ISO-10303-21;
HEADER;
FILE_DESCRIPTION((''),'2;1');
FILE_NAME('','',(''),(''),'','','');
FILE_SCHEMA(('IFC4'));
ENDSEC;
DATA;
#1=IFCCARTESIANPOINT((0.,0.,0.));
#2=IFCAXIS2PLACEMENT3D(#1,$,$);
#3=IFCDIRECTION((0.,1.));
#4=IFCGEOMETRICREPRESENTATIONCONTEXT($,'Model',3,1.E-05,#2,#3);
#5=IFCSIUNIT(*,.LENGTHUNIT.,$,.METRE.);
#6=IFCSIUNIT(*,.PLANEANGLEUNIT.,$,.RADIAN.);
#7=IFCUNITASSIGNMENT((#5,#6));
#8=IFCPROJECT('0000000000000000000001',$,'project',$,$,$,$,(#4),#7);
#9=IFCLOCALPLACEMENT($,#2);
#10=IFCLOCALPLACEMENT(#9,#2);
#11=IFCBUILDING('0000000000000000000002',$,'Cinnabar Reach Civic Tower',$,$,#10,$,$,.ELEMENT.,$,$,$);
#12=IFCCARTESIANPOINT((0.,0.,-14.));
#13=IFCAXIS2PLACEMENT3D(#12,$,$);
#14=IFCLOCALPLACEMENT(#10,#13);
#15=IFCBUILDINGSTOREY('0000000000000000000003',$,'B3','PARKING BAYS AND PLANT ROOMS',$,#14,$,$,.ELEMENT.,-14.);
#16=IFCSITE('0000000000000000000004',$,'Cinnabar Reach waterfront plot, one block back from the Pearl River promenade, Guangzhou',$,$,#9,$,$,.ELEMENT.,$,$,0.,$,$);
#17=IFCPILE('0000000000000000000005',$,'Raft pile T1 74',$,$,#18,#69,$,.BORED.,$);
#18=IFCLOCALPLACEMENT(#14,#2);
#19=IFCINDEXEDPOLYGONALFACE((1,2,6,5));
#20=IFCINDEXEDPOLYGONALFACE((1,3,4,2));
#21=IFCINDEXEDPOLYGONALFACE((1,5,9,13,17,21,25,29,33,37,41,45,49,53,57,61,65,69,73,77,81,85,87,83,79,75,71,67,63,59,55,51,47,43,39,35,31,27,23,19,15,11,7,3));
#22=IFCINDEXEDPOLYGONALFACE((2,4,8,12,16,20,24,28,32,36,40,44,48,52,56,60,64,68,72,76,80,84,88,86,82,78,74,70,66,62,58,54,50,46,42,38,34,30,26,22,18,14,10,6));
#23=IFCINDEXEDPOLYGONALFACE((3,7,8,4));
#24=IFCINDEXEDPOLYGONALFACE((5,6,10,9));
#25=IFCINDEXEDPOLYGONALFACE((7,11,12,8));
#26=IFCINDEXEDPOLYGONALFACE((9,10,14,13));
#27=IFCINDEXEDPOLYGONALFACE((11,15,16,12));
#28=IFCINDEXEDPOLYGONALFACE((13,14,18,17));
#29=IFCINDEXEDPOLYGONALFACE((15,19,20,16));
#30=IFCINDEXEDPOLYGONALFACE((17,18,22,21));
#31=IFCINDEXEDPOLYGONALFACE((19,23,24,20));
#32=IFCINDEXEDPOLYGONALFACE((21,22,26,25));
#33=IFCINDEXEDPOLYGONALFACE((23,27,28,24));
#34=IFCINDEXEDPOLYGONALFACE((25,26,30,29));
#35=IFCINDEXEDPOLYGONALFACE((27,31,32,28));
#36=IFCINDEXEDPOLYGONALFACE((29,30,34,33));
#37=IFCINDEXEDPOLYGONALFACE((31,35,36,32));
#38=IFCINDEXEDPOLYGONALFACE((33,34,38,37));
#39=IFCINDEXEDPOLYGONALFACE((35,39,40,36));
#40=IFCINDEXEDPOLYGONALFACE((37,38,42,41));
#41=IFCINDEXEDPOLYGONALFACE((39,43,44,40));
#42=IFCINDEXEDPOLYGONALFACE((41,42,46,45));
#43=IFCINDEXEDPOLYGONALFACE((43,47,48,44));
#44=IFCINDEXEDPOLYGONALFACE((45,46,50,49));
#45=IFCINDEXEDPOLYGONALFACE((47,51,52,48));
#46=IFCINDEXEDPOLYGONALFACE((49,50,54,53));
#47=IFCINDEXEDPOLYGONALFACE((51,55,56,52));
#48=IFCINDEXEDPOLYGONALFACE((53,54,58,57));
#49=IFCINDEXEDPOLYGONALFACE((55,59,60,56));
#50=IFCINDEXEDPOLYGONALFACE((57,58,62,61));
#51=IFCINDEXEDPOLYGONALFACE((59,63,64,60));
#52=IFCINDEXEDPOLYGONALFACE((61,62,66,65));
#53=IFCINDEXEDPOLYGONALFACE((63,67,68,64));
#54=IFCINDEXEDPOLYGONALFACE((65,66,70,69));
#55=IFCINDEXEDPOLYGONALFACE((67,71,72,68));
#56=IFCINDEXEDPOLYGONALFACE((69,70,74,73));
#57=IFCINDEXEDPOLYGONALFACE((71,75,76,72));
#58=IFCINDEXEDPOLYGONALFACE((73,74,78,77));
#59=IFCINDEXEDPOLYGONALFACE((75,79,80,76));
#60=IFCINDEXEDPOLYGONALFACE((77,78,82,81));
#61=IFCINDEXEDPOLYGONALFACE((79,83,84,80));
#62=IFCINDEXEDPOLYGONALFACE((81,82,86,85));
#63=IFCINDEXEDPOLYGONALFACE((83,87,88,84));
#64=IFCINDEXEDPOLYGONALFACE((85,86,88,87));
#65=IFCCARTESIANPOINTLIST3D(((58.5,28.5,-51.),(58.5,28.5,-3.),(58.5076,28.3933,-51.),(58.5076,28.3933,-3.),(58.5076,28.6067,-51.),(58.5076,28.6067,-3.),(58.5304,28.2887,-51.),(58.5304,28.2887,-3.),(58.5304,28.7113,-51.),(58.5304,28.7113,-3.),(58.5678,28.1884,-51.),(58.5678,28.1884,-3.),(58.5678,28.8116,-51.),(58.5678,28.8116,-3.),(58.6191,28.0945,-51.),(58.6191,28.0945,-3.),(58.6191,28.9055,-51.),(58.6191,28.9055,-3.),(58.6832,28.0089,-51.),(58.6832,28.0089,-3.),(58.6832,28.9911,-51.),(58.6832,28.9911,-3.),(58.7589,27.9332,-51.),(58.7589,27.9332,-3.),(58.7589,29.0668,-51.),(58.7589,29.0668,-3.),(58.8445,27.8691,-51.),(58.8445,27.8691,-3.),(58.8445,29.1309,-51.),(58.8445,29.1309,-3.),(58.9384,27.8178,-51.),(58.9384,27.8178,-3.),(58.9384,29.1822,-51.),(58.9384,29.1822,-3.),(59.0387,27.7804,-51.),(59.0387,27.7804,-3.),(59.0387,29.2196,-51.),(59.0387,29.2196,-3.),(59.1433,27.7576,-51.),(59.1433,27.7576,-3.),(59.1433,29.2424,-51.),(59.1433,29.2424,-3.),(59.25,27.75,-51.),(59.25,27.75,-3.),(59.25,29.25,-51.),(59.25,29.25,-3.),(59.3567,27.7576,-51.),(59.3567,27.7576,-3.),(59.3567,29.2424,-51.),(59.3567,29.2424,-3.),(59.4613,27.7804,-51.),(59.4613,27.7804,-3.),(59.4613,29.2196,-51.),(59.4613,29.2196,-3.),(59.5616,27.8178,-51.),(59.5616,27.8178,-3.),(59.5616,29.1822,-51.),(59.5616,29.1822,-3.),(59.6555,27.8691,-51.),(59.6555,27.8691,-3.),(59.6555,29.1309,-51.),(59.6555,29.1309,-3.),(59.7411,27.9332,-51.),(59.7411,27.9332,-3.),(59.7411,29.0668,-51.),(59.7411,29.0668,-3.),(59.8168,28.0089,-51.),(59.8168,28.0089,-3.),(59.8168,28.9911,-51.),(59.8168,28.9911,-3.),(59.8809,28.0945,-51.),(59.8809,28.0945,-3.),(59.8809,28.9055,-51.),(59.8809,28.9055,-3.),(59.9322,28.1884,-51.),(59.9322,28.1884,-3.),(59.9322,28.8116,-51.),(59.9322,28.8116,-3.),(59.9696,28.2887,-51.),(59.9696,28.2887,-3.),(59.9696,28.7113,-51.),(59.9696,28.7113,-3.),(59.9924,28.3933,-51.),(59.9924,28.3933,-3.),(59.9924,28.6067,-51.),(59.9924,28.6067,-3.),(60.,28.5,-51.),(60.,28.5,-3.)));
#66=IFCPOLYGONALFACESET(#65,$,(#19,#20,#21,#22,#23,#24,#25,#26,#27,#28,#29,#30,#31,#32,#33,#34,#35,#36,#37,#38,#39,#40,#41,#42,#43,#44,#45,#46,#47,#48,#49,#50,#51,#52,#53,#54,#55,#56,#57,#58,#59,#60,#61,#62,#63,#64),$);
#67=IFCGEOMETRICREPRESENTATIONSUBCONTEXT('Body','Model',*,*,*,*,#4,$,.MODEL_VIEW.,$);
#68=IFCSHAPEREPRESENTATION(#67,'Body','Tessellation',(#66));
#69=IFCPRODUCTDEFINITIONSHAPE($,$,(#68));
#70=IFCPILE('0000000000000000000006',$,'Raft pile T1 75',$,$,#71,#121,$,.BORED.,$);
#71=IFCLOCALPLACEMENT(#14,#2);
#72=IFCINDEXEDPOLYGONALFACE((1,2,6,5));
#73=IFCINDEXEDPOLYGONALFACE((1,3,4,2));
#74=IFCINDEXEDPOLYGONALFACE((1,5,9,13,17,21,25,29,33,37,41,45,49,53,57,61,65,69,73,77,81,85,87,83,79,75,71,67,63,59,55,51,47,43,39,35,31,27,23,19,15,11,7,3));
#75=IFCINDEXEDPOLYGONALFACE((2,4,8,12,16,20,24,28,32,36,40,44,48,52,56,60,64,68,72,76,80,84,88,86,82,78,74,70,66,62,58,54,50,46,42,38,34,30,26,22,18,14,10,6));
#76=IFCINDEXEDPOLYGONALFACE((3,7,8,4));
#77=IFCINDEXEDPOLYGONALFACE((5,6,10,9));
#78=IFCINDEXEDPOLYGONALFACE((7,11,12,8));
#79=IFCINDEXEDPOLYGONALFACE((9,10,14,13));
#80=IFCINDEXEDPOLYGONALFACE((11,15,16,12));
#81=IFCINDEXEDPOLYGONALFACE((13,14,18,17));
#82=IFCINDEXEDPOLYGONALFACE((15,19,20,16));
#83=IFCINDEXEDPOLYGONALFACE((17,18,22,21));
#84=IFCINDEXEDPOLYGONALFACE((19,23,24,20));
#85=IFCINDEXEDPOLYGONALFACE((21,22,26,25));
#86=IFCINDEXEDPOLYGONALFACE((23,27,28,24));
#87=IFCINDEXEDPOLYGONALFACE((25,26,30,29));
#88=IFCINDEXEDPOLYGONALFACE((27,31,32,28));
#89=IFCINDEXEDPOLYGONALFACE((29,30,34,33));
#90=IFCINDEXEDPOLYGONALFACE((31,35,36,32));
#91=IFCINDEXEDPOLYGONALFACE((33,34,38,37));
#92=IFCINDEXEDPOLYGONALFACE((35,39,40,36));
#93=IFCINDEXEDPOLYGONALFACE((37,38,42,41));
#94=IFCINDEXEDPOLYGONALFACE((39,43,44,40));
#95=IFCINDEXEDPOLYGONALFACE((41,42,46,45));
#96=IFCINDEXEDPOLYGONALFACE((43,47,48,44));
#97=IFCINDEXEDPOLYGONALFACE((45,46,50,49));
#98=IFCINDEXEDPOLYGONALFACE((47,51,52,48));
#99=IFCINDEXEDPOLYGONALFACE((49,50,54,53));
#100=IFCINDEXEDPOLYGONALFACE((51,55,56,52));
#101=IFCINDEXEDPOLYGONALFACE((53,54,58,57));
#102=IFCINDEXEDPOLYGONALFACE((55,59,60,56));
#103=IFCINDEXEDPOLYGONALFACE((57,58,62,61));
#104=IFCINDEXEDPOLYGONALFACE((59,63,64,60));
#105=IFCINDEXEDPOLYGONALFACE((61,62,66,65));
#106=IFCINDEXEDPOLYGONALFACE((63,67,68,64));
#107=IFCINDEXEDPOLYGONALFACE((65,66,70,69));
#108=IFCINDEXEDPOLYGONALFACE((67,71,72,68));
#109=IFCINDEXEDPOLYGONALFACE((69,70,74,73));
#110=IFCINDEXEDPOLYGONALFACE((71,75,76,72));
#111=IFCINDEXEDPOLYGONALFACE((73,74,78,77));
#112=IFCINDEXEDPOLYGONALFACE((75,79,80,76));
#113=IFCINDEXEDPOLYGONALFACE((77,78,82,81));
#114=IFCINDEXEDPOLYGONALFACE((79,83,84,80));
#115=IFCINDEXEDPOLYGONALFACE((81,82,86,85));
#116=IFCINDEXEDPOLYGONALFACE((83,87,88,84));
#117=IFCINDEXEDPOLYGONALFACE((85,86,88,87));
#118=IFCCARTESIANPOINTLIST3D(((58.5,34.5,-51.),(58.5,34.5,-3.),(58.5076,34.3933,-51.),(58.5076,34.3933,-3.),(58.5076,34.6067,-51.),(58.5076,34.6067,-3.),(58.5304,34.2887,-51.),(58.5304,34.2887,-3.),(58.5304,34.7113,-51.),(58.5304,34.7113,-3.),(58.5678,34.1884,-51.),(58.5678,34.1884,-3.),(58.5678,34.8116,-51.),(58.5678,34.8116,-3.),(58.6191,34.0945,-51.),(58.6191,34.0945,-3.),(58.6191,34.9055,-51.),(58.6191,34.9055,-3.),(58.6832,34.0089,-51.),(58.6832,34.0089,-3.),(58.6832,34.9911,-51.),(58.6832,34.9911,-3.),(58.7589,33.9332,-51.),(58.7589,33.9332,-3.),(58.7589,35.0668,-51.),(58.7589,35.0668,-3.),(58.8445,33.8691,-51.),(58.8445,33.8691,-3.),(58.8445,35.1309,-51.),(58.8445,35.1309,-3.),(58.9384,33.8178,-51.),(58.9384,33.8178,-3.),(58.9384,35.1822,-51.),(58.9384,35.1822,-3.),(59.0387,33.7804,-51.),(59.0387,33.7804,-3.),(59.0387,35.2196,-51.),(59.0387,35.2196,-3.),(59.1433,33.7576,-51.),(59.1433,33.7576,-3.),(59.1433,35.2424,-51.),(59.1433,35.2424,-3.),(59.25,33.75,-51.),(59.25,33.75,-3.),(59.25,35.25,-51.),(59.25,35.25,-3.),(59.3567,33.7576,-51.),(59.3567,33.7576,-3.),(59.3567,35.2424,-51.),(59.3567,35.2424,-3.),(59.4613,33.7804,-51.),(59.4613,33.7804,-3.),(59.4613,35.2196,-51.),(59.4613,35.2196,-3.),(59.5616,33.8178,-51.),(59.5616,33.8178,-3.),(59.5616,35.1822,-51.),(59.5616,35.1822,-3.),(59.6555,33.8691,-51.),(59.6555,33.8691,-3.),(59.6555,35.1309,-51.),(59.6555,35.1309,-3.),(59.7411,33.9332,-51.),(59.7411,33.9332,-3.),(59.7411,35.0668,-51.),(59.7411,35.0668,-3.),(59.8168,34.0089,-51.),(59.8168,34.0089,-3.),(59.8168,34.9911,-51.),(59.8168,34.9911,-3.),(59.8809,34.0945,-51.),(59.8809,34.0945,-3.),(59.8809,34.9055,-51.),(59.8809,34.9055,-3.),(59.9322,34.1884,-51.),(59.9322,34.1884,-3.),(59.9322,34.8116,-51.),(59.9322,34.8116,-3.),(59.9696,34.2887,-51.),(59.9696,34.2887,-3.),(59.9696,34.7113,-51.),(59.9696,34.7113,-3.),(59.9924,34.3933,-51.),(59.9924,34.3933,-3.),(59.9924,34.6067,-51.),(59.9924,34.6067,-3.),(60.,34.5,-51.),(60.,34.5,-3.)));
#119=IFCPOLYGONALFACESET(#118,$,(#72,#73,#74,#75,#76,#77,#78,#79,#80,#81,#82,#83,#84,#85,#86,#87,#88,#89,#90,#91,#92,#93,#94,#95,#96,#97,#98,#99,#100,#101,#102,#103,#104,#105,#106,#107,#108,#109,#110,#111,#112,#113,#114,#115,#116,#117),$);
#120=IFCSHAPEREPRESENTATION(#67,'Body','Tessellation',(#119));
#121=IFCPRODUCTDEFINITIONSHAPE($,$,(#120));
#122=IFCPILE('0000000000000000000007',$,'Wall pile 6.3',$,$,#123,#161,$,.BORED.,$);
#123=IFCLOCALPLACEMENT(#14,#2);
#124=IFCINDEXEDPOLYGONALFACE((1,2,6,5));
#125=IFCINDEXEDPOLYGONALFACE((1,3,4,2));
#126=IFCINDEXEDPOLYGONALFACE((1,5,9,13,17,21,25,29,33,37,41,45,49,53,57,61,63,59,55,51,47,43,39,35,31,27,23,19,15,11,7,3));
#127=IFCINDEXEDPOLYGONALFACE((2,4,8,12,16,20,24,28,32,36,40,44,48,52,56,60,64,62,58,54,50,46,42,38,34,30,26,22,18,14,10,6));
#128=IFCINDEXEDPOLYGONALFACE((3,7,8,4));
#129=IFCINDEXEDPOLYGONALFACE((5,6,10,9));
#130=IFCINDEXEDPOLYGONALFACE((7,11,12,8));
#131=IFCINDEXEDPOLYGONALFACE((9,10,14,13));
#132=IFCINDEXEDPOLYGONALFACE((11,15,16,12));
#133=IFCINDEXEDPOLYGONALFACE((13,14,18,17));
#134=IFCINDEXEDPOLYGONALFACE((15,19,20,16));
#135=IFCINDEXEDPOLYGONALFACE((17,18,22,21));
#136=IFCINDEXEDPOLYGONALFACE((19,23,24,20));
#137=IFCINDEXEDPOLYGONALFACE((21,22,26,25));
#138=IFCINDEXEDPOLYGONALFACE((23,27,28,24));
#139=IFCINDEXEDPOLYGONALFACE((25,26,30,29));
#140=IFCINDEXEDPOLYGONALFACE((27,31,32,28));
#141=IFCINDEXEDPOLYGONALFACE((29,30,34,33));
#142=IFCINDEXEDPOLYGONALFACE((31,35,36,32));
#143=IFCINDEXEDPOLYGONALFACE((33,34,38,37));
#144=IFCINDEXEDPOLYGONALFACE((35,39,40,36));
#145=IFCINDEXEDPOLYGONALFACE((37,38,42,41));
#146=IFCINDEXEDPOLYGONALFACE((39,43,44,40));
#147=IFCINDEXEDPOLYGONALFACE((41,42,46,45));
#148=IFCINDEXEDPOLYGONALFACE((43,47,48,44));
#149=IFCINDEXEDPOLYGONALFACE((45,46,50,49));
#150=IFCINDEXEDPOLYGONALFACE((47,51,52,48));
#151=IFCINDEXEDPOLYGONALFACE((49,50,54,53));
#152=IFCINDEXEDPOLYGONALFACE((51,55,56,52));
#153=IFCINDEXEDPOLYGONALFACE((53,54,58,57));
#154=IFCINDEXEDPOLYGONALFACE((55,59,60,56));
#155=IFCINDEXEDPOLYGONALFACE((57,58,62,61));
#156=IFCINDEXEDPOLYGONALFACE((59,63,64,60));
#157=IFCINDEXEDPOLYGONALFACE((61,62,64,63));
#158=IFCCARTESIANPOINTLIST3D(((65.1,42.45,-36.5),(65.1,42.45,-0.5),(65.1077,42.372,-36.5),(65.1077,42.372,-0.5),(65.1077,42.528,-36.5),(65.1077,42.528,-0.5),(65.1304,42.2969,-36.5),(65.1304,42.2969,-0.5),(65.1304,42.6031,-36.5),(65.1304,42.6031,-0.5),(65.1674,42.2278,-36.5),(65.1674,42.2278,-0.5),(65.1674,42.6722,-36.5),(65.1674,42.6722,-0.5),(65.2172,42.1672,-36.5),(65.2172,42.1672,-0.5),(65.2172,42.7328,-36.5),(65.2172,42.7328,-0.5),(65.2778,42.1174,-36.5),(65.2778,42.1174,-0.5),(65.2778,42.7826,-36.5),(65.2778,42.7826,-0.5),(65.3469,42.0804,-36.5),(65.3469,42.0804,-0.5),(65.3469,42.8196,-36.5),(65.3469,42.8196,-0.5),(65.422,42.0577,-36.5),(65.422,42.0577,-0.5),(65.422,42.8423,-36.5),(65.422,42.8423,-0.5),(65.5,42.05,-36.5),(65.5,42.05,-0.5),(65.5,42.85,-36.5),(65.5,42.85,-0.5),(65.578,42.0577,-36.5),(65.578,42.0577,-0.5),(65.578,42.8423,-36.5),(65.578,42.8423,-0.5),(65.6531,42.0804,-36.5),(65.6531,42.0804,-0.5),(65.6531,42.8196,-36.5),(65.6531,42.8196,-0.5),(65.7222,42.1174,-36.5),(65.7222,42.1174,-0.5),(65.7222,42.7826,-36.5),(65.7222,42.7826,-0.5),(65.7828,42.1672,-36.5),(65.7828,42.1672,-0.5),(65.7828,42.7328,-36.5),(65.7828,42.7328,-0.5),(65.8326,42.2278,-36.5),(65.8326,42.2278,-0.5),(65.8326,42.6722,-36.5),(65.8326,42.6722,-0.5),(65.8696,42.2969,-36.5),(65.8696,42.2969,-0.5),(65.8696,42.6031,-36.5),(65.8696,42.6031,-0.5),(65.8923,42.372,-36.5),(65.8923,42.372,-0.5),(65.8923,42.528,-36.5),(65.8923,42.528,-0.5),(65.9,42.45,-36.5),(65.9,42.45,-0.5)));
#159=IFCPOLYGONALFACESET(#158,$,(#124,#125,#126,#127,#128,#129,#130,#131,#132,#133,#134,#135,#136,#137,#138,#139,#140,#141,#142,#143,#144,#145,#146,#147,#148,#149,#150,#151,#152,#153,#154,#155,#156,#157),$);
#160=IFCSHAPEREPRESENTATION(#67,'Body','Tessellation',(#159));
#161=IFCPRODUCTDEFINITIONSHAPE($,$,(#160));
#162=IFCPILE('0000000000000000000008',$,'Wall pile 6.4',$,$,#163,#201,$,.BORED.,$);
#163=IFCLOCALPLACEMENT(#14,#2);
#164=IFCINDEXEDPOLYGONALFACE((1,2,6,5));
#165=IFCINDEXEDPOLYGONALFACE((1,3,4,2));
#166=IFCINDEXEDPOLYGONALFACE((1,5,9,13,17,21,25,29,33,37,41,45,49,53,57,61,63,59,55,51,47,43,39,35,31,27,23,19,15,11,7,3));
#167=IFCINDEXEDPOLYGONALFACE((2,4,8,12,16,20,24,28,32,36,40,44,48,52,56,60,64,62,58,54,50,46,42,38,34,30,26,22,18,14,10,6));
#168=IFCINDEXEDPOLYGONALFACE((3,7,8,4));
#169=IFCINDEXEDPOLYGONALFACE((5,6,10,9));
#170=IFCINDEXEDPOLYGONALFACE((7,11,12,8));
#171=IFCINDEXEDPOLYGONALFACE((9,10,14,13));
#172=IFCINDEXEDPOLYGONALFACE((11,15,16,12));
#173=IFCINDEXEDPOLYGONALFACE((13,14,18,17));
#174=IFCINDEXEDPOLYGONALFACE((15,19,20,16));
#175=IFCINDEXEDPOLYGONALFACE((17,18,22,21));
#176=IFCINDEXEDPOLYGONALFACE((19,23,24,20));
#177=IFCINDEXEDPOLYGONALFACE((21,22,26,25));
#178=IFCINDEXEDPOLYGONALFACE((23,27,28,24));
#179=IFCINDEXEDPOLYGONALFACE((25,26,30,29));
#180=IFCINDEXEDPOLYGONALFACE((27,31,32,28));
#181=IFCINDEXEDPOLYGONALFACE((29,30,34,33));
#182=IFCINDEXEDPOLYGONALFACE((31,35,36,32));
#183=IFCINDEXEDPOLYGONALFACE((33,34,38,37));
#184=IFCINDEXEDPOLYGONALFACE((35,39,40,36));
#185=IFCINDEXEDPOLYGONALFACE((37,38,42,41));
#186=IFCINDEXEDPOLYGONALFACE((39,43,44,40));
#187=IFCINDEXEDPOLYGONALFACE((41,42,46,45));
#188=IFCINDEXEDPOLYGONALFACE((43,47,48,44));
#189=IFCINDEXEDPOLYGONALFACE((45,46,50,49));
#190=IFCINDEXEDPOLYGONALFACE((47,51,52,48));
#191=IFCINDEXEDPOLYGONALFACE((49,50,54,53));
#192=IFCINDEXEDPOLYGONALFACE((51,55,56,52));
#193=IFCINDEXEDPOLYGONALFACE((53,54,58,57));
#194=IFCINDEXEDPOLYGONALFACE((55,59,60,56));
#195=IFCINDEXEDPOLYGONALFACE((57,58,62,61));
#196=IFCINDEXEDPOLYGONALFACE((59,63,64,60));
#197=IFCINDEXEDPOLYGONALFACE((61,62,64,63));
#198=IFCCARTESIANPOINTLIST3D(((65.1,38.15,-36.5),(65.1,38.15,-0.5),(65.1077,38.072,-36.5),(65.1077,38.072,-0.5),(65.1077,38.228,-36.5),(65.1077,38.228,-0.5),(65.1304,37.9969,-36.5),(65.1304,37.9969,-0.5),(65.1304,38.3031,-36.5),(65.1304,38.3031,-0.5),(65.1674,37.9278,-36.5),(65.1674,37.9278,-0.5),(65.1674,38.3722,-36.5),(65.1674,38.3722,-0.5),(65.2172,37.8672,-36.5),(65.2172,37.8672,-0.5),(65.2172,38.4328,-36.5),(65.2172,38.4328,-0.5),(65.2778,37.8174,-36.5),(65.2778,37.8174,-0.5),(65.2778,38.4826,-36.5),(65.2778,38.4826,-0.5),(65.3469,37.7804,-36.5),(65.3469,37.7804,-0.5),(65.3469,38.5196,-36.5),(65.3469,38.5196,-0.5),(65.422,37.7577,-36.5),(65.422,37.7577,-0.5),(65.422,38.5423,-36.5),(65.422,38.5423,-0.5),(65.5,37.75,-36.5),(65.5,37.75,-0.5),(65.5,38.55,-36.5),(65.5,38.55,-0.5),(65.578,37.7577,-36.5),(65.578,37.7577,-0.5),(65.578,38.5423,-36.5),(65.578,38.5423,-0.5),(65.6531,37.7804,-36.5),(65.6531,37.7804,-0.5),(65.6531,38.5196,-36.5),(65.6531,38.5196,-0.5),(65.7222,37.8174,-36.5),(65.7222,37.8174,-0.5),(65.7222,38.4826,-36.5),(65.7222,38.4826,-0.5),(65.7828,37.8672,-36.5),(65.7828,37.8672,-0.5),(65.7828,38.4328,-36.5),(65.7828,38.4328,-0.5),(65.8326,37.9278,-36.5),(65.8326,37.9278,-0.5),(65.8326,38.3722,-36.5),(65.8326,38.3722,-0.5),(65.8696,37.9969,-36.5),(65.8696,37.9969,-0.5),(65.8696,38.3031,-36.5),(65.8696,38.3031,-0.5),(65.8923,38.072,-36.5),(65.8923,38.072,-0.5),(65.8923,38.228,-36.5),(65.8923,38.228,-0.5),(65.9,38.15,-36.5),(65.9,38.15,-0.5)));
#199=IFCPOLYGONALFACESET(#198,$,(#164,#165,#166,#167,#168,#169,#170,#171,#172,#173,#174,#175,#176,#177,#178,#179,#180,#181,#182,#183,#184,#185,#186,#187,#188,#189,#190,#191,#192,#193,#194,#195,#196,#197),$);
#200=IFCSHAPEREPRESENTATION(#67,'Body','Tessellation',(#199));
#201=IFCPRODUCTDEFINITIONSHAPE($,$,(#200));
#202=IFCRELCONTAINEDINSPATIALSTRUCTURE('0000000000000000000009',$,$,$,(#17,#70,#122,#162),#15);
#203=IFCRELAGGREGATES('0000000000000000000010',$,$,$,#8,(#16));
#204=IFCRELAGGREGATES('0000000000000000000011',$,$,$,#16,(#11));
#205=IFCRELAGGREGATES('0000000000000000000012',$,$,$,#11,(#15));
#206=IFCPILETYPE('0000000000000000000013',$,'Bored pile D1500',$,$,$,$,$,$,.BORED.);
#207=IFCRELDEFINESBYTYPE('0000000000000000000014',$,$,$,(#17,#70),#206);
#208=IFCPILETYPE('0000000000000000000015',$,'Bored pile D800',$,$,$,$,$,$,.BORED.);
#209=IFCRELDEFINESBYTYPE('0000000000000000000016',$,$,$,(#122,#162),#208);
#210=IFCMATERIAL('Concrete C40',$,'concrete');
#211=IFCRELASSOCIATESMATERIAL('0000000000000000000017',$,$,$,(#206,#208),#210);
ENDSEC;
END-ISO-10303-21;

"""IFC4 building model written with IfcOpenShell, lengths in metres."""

from ifc_helpers import new_model, si_unit, direction, frame, origin, origin_2d, place, context, subcontext, project, spatial, circle, extrude, material, type_object, element, save


model = new_model("IFC4")

# Units and contexts
model_context = context("Model", 3, precision=1e-05, world=origin(), true_north=direction((0.0, 1.0)))
body_context = subcontext(model_context, "Body", "Model", "MODEL_VIEW")
ifc_project = project(units=[si_unit("LENGTHUNIT", "METRE"), si_unit("PLANEANGLEUNIT", "RADIAN")], contexts=[model_context])

# Site, building, storey
site_placement = place(None, origin())
site = spatial("IfcSite", under=ifc_project, at=site_placement, Name="Cinnabar Reach waterfront plot, one block back from the Pearl River promenade, Guangzhou", CompositionType="ELEMENT", RefElevation=0.0)
building_placement = place(site_placement, origin())
building = spatial("IfcBuilding", under=site, at=building_placement, Name="Cinnabar Reach Civic Tower", CompositionType="ELEMENT")
storey_placement = place(building_placement, frame((0.0, 0.0, -14.0)))
storey = spatial("IfcBuildingStorey", under=building, at=storey_placement, Name="B3", Description="PARKING BAYS AND PLANT ROOMS", CompositionType="ELEMENT", Elevation=-14.0)

# Piles
ifc_material_1 = material(Name="Concrete C40", Category="concrete")
pile_type_1 = type_object("IfcPileType", Name="Bored pile D1500", PredefinedType="BORED", material=ifc_material_1)
for number, where, z_axis, x_axis, name in (
    (1, (59.25, 28.5, -3.0), (0.0, 0.0, -1.0), (1.0, 0.0, 0.0), "Raft pile T1 74"),
    (2, (59.25, 34.5, -3.0), (0.0, 0.0, -1.0), (1.0, 0.0, 0.0), "Raft pile T1 75"),
):
    element("IfcPile", number, at=place(storey_placement, frame(where, z_axis=z_axis, x_axis=x_axis)), inside=storey, type_object=pile_type_1, Name=name, PredefinedType="BORED", context=body_context, shape_type="SweptSolid", body=[
        extrude(circle(Radius=0.75, at=origin_2d()), origin(), (0.0, 0.0, 1.0), 48.0),
    ])
pile_type_2 = type_object("IfcPileType", Name="Bored pile D800", PredefinedType="BORED", material=ifc_material_1)
for number, where, z_axis, x_axis, name in (
    (3, (65.5, 42.45, -0.5), (0.0, 0.0, -1.0), (1.0, 0.0, 0.0), "Wall pile 6.3"),
    (4, (65.5, 38.15, -0.5), (0.0, 0.0, -1.0), (1.0, 0.0, 0.0), "Wall pile 6.4"),
):
    element("IfcPile", number, at=place(storey_placement, frame(where, z_axis=z_axis, x_axis=x_axis)), inside=storey, type_object=pile_type_2, Name=name, PredefinedType="BORED", context=body_context, shape_type="SweptSolid", body=[
        extrude(circle(Radius=0.4, at=origin_2d()), origin(), (0.0, 0.0, 1.0), 36.0),
    ])

save(model, "model.ifc")
